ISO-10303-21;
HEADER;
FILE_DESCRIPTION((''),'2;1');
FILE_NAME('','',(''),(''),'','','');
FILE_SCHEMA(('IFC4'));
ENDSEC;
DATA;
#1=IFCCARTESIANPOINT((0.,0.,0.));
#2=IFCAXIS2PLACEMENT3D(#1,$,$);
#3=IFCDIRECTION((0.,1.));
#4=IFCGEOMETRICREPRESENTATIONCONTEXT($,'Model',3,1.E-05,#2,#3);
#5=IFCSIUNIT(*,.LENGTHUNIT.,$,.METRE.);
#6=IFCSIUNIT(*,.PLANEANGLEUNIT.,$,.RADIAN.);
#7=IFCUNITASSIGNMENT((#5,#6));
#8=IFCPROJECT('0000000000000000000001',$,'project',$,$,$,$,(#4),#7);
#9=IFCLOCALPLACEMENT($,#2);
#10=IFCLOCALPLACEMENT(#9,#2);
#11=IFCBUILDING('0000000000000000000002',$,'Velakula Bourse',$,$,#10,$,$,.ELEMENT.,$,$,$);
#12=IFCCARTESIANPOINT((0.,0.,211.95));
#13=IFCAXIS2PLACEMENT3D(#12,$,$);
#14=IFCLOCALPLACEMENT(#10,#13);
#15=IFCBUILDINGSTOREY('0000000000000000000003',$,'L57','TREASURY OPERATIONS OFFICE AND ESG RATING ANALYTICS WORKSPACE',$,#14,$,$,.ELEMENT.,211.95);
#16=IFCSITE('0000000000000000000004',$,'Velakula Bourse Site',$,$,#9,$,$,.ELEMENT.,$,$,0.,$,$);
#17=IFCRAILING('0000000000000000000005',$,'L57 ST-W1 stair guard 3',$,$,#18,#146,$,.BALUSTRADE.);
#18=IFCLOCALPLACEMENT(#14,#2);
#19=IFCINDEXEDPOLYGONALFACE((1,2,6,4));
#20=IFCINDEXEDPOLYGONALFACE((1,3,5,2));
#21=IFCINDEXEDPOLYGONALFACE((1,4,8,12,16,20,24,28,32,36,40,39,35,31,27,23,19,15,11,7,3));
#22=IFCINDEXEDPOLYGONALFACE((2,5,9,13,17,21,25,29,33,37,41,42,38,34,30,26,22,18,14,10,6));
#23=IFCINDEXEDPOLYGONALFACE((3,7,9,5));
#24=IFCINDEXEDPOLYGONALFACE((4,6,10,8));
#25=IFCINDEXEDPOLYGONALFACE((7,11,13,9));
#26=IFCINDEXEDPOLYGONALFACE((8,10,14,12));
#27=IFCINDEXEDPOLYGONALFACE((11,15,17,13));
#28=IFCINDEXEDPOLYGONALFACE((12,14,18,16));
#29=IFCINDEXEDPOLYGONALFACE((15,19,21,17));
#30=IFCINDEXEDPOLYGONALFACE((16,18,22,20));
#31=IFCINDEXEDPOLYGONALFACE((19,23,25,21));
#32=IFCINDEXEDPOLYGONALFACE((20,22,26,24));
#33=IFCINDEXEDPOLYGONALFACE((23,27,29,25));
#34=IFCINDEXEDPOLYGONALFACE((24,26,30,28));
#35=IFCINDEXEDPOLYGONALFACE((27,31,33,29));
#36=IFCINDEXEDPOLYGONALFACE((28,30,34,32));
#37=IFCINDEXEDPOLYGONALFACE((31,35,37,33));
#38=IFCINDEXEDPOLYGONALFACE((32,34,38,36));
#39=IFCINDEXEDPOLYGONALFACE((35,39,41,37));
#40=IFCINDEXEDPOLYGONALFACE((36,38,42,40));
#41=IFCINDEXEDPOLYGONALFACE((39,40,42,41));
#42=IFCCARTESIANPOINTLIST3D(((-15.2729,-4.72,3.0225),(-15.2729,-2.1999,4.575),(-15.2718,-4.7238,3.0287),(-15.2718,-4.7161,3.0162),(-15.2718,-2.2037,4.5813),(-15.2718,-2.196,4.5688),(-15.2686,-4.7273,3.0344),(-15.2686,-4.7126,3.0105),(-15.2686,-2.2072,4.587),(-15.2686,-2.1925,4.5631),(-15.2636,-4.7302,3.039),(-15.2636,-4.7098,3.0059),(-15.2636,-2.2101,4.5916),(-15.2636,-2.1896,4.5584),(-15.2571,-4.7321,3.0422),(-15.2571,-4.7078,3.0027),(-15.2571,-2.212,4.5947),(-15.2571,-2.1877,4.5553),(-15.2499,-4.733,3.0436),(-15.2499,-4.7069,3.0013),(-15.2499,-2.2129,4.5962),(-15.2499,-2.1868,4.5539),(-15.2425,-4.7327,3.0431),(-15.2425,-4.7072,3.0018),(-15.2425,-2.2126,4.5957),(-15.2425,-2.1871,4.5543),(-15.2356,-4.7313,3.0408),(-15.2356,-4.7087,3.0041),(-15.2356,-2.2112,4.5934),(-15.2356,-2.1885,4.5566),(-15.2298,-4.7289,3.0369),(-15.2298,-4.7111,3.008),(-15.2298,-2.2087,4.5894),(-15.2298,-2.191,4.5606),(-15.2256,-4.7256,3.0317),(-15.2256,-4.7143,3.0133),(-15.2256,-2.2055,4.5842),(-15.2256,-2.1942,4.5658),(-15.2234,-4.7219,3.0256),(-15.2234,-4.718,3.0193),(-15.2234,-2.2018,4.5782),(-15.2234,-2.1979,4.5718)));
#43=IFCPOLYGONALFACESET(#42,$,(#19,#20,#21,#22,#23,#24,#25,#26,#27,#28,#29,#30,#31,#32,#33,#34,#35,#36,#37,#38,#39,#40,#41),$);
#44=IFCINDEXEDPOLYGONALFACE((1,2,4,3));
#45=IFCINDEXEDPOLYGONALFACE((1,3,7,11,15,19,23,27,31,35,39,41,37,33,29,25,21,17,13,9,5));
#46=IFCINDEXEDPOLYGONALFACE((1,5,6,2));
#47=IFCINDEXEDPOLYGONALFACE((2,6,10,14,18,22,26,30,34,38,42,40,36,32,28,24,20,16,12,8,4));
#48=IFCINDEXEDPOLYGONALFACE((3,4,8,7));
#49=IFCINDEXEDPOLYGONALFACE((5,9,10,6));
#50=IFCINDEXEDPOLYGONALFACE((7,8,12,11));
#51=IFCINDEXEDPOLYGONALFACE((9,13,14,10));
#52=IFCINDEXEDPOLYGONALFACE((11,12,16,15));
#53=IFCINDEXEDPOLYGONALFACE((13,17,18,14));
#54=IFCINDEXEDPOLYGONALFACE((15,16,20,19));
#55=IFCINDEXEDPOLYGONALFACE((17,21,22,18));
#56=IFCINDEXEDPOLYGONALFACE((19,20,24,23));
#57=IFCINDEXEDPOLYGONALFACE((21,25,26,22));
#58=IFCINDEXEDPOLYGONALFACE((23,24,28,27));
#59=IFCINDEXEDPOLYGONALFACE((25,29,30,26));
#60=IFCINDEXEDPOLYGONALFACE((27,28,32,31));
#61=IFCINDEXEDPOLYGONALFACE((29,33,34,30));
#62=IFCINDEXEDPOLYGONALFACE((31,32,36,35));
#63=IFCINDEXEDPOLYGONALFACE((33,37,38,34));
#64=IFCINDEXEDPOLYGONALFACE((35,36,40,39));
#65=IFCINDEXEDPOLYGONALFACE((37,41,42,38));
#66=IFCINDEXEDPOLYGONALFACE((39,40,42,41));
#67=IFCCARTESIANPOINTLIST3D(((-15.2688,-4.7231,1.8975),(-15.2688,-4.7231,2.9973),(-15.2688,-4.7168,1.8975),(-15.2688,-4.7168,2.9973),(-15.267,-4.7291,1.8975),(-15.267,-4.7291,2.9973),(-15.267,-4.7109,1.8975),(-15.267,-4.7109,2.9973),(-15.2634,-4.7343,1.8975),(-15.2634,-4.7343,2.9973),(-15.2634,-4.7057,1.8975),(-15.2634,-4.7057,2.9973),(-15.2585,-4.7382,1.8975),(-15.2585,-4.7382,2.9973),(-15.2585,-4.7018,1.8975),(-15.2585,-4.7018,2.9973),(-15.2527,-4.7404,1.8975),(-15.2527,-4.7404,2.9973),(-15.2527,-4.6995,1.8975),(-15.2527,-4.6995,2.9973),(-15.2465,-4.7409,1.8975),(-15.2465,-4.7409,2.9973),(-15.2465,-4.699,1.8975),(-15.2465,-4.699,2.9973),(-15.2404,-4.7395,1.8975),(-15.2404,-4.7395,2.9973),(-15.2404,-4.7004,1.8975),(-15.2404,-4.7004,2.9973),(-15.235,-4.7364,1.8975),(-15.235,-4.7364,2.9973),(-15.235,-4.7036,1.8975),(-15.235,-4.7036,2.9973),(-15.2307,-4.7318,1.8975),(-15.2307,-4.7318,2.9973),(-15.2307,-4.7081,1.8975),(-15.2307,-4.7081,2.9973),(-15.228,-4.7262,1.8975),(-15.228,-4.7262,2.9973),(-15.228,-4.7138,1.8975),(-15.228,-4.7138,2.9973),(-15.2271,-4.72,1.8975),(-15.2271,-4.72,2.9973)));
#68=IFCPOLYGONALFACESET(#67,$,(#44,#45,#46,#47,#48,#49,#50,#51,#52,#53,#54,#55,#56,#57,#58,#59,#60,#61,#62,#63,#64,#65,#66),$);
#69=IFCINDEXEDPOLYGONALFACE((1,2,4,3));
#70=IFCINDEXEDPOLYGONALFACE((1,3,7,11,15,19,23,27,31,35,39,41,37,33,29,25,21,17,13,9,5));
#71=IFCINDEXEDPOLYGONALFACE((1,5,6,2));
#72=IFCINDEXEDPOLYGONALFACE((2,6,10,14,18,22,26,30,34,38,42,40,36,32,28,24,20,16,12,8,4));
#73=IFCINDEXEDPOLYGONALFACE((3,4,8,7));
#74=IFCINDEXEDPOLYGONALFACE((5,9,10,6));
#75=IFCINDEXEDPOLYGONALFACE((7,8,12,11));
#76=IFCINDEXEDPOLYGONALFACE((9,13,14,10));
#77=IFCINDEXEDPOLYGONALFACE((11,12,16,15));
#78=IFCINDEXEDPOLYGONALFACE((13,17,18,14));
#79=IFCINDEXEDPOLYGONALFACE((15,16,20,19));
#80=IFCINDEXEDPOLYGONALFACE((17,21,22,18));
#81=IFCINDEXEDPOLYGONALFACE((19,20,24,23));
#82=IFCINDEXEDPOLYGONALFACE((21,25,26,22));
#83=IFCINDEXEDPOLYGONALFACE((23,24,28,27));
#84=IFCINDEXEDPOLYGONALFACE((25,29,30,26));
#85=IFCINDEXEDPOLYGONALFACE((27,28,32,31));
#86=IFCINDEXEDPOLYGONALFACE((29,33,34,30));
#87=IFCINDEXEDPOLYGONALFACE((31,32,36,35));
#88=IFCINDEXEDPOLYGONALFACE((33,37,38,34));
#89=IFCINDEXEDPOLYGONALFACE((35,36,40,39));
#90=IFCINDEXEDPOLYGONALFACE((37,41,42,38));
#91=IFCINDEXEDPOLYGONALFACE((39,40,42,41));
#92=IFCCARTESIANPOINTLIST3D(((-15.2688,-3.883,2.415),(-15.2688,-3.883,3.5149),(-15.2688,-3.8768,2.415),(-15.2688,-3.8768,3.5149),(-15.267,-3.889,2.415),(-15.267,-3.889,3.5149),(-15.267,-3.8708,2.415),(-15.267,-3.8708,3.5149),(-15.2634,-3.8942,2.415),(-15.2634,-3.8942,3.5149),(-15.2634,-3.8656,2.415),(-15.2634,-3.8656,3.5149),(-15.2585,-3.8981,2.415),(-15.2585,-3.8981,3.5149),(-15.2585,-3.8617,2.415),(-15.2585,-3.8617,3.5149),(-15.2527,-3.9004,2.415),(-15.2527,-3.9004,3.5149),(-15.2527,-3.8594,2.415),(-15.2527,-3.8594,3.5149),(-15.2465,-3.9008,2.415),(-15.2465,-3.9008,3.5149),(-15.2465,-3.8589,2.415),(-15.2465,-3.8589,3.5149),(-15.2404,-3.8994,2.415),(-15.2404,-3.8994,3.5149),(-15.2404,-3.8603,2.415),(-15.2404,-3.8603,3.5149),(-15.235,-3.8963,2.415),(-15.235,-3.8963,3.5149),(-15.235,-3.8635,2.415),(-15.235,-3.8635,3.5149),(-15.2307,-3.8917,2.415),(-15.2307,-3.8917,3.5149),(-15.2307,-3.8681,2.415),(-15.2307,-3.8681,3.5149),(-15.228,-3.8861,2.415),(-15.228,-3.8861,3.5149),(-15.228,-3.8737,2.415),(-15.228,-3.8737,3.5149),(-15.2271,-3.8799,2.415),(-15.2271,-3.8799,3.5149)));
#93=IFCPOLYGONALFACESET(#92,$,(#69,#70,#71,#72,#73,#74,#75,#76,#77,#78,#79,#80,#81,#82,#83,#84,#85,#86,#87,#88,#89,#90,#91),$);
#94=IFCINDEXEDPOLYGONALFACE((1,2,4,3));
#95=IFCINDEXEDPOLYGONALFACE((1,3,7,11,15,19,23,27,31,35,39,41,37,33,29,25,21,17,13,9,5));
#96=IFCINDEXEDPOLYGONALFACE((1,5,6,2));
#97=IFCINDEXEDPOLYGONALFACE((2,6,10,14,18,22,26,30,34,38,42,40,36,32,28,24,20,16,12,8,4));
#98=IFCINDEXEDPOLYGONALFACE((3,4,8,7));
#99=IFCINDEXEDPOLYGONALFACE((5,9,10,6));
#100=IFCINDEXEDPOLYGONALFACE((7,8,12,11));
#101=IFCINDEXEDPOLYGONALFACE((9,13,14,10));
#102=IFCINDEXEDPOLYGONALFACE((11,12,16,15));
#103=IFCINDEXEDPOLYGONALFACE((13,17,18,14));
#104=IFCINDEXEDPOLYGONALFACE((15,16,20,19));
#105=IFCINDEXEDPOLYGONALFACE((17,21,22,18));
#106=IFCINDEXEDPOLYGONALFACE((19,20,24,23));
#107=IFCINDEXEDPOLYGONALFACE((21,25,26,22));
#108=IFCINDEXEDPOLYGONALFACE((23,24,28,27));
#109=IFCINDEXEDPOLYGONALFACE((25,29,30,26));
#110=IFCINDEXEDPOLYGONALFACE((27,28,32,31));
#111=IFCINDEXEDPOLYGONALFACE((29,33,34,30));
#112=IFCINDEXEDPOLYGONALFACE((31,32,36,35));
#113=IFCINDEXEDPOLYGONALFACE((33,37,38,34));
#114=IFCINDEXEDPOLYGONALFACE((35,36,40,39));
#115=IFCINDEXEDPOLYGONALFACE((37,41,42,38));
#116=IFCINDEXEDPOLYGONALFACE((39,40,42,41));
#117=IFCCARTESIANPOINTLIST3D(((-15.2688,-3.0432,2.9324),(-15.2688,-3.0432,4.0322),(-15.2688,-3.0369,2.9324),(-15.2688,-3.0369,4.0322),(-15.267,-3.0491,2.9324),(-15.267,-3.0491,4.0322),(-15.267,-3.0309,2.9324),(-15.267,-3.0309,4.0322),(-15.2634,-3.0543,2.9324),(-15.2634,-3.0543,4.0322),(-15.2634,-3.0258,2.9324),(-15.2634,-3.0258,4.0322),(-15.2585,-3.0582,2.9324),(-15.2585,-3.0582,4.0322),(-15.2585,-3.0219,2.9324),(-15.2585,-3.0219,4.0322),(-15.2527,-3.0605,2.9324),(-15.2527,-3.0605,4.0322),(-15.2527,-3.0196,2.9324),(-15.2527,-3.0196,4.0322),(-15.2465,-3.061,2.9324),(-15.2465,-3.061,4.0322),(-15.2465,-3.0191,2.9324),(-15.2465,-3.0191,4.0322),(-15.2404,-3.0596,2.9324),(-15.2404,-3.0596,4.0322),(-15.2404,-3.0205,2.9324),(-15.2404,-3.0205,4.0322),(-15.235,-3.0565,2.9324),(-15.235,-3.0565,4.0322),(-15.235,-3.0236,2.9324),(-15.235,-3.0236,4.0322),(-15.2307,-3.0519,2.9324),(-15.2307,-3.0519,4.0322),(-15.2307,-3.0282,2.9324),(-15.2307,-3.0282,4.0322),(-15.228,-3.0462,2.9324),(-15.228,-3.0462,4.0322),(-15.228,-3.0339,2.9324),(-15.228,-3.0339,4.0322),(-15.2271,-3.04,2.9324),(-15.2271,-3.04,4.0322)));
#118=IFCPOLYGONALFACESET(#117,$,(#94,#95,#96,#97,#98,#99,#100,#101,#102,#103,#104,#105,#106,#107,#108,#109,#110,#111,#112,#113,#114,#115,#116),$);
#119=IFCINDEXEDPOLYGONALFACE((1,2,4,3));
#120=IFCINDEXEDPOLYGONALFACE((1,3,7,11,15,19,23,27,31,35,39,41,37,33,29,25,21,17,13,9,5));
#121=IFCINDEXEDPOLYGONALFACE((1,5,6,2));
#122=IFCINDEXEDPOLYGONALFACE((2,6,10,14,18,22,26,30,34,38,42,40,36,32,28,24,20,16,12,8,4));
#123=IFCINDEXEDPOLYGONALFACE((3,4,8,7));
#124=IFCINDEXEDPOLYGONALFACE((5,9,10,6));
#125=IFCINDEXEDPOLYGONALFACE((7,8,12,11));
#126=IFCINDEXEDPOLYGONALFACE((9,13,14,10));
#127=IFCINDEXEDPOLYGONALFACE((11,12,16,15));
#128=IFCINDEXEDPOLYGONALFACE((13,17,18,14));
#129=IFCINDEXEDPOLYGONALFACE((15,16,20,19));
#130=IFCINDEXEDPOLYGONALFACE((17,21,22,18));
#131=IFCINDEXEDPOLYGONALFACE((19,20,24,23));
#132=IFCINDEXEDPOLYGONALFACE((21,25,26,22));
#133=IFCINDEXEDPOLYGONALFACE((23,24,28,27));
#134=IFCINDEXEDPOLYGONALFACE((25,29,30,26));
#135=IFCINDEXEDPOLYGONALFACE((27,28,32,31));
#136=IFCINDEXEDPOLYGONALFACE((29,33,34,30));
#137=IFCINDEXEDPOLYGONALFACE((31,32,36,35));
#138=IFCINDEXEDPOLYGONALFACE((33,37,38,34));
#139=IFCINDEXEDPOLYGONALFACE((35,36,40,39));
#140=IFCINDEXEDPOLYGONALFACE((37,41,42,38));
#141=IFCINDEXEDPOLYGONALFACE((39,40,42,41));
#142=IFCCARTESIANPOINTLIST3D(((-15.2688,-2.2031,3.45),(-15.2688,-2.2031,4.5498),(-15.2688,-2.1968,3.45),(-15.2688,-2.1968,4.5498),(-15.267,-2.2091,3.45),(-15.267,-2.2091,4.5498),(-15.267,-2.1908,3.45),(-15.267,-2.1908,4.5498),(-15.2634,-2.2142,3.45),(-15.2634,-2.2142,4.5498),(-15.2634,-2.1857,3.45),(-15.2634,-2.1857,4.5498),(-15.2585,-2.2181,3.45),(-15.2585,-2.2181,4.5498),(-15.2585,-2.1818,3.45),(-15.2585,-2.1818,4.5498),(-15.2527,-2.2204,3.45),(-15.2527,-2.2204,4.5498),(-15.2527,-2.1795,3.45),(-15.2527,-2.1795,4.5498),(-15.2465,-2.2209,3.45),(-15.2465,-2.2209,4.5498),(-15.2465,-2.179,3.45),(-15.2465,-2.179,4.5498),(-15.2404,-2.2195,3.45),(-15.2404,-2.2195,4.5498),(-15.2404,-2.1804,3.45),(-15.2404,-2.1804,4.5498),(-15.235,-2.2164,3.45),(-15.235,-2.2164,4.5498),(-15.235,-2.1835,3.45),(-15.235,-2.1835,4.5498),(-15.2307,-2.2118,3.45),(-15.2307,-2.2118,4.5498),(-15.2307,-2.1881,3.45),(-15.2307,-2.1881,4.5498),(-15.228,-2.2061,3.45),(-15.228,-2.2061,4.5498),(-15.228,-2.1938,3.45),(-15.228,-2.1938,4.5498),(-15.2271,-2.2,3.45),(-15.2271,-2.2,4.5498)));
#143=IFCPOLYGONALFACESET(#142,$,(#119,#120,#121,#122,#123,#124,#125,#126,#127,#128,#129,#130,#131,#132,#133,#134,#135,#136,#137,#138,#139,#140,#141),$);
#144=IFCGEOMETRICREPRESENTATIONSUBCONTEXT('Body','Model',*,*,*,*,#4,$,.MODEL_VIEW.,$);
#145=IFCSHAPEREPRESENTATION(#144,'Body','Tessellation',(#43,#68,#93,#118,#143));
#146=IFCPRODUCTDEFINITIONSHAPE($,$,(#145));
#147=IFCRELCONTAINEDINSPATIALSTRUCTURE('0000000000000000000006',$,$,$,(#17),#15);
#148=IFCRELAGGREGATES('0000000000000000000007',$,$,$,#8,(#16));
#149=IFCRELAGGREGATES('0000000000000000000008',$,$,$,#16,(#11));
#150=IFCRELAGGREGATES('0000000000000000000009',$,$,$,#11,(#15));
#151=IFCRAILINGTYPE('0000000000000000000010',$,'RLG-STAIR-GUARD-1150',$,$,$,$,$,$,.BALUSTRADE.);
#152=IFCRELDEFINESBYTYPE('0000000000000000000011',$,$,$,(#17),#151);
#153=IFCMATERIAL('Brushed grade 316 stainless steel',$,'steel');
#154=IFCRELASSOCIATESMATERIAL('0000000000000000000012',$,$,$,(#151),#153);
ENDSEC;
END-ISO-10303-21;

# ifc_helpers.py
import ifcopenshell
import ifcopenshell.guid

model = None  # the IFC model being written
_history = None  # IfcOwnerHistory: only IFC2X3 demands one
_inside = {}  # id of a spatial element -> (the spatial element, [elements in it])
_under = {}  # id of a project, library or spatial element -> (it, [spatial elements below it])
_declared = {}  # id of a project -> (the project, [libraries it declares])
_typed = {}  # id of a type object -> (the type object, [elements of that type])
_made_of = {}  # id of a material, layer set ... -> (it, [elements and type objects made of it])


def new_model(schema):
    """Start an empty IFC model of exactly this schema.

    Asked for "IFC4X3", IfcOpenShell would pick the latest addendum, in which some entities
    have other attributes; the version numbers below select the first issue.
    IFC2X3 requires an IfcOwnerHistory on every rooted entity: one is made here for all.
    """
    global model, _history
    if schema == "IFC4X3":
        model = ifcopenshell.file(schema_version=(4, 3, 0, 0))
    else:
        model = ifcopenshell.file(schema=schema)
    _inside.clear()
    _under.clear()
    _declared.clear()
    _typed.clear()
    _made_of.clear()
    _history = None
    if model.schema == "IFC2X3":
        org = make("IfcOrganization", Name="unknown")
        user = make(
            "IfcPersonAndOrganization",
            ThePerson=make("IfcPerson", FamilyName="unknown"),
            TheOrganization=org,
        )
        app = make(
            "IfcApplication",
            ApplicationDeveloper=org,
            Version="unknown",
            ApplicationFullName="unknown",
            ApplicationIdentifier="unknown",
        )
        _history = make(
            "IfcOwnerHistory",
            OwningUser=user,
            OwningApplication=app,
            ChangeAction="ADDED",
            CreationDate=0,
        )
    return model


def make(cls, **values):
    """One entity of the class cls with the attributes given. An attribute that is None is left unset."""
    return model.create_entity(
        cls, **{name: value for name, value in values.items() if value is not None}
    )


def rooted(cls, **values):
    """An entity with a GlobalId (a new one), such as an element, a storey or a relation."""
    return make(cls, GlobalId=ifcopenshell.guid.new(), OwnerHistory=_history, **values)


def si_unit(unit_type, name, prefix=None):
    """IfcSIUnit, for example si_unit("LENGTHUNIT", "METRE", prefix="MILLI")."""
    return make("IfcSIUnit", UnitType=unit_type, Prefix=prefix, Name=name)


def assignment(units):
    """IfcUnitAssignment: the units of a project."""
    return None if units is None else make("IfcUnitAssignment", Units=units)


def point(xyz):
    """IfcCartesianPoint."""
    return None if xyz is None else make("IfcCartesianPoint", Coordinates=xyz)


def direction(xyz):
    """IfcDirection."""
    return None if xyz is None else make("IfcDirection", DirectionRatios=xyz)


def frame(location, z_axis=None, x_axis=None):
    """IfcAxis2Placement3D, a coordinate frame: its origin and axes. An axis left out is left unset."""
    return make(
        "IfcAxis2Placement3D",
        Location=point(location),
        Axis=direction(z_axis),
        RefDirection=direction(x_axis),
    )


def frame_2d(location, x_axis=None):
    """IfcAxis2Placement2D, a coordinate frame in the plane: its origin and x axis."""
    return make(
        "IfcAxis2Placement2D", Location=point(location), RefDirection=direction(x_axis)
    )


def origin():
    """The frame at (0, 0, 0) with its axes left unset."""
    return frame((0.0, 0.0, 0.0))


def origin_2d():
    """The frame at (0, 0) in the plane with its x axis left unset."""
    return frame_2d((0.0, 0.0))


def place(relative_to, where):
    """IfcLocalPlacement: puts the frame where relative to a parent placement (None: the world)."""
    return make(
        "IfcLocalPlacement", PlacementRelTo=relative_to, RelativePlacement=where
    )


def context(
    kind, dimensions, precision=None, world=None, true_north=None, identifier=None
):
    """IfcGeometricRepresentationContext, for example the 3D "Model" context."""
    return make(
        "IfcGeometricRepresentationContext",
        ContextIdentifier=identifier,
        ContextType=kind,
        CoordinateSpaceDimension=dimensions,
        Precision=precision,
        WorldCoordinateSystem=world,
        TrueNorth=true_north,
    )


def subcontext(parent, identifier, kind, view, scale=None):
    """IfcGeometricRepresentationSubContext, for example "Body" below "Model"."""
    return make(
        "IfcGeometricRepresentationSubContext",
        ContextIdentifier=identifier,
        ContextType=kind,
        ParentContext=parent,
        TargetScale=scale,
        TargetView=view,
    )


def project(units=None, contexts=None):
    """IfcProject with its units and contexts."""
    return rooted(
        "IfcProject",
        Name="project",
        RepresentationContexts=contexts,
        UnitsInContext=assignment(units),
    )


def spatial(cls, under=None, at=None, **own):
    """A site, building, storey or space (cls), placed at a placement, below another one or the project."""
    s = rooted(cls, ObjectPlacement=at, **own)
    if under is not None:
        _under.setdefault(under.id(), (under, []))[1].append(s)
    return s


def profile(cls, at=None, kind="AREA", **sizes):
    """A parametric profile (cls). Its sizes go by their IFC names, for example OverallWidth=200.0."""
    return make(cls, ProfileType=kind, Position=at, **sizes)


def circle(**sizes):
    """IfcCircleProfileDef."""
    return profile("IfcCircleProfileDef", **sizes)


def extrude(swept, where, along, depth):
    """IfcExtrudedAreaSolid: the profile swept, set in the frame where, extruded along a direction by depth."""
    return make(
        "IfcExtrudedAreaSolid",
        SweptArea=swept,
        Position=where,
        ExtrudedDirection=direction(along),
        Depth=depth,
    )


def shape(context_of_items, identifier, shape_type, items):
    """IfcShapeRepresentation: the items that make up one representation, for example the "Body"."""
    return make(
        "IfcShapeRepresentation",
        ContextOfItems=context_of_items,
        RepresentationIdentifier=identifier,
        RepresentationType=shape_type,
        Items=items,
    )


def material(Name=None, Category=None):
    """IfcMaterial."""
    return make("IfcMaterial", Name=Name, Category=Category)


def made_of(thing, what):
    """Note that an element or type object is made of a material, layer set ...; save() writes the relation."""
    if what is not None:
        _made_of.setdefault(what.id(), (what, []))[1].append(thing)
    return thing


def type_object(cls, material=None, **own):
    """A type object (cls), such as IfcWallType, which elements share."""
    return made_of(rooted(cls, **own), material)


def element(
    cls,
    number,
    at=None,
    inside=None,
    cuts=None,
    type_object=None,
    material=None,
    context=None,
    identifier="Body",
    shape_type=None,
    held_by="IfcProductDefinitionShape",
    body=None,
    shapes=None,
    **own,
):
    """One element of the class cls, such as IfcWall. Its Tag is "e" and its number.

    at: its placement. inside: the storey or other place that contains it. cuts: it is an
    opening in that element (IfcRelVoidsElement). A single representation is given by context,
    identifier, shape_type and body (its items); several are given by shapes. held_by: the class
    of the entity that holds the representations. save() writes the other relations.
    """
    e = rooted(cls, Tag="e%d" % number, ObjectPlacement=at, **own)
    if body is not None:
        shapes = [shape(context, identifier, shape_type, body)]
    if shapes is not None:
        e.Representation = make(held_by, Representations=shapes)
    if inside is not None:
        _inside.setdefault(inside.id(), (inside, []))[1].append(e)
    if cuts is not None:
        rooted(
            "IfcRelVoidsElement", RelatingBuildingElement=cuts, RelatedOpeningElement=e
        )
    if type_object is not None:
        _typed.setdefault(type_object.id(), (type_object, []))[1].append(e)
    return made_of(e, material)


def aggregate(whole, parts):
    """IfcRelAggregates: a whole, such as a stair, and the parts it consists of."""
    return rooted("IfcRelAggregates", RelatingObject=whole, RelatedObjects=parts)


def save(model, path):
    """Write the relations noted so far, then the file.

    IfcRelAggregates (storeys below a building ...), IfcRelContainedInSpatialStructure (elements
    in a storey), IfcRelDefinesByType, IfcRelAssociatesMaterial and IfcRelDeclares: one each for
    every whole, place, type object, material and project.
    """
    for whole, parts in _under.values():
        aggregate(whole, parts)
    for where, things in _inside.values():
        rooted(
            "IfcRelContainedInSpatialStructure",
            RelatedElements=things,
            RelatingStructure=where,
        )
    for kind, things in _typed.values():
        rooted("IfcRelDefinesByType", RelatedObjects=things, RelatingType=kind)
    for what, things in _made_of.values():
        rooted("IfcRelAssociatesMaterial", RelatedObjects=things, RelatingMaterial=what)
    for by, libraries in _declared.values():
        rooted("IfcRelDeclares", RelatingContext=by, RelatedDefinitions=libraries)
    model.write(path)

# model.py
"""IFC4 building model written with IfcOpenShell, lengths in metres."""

from ifc_helpers import new_model, si_unit, direction, frame, origin, origin_2d, place, context, subcontext, project, spatial, circle, extrude, material, type_object, element, save


model = new_model("IFC4")

# Units and contexts
model_context = context("Model", 3, precision=1e-05, world=origin(), true_north=direction((0.0, 1.0)))
body_context = subcontext(model_context, "Body", "Model", "MODEL_VIEW")
ifc_project = project(units=[si_unit("LENGTHUNIT", "METRE"), si_unit("PLANEANGLEUNIT", "RADIAN")], contexts=[model_context])

# Site, building, storey
site_placement = place(None, origin())
site = spatial("IfcSite", under=ifc_project, at=site_placement, Name="Velakula Bourse Site", CompositionType="ELEMENT", RefElevation=0.0)
building_placement = place(site_placement, origin())
building = spatial("IfcBuilding", under=site, at=building_placement, Name="Velakula Bourse", CompositionType="ELEMENT")
storey_placement = place(building_placement, frame((0.0, 0.0, 211.95)))
storey = spatial("IfcBuildingStorey", under=building, at=storey_placement, Name="L57", Description="TREASURY OPERATIONS OFFICE AND ESG RATING ANALYTICS WORKSPACE", CompositionType="ELEMENT", Elevation=211.95)

# Shared definitions
ifc_material_1 = material(Name="Brushed grade 316 stainless steel", Category="steel")

# Railing
railing_type_1 = type_object("IfcRailingType", Name="RLG-STAIR-GUARD-1150", PredefinedType="BALUSTRADE", material=ifc_material_1)
railing_1_placement = place(storey_placement, frame((-15.248, -4.72, 1.8975)))
element("IfcRailing", 1, at=railing_1_placement, inside=storey, type_object=railing_type_1, Name="L57 ST-W1 stair guard 3", PredefinedType="BALUSTRADE", context=body_context, shape_type="SweptSolid", body=[
    extrude(circle(Radius=0.0249, at=origin_2d()), frame((0.0, 0.0, 1.125), z_axis=(0.0, 0.8514, 0.524516), x_axis=(-1.0, 0.0, 0.0)), (0.0, 0.0, 1.0), 2.96),
    extrude(circle(Radius=0.021, at=origin_2d()), origin(), (0.0, 0.0, 1.0), 1.0999),
    extrude(circle(Radius=0.021, at=origin_2d()), frame((0.0, 0.8401, 0.5176)), (0.0, 0.0, 1.0), 1.0999),
    extrude(circle(Radius=0.021, at=origin_2d()), frame((0.0, 1.6799, 1.0349)), (0.0, 0.0, 1.0), 1.0999),
    extrude(circle(Radius=0.021, at=origin_2d()), frame((0.0, 2.52, 1.5525)), (0.0, 0.0, 1.0), 1.0999),
])

save(model, "model.ifc")
